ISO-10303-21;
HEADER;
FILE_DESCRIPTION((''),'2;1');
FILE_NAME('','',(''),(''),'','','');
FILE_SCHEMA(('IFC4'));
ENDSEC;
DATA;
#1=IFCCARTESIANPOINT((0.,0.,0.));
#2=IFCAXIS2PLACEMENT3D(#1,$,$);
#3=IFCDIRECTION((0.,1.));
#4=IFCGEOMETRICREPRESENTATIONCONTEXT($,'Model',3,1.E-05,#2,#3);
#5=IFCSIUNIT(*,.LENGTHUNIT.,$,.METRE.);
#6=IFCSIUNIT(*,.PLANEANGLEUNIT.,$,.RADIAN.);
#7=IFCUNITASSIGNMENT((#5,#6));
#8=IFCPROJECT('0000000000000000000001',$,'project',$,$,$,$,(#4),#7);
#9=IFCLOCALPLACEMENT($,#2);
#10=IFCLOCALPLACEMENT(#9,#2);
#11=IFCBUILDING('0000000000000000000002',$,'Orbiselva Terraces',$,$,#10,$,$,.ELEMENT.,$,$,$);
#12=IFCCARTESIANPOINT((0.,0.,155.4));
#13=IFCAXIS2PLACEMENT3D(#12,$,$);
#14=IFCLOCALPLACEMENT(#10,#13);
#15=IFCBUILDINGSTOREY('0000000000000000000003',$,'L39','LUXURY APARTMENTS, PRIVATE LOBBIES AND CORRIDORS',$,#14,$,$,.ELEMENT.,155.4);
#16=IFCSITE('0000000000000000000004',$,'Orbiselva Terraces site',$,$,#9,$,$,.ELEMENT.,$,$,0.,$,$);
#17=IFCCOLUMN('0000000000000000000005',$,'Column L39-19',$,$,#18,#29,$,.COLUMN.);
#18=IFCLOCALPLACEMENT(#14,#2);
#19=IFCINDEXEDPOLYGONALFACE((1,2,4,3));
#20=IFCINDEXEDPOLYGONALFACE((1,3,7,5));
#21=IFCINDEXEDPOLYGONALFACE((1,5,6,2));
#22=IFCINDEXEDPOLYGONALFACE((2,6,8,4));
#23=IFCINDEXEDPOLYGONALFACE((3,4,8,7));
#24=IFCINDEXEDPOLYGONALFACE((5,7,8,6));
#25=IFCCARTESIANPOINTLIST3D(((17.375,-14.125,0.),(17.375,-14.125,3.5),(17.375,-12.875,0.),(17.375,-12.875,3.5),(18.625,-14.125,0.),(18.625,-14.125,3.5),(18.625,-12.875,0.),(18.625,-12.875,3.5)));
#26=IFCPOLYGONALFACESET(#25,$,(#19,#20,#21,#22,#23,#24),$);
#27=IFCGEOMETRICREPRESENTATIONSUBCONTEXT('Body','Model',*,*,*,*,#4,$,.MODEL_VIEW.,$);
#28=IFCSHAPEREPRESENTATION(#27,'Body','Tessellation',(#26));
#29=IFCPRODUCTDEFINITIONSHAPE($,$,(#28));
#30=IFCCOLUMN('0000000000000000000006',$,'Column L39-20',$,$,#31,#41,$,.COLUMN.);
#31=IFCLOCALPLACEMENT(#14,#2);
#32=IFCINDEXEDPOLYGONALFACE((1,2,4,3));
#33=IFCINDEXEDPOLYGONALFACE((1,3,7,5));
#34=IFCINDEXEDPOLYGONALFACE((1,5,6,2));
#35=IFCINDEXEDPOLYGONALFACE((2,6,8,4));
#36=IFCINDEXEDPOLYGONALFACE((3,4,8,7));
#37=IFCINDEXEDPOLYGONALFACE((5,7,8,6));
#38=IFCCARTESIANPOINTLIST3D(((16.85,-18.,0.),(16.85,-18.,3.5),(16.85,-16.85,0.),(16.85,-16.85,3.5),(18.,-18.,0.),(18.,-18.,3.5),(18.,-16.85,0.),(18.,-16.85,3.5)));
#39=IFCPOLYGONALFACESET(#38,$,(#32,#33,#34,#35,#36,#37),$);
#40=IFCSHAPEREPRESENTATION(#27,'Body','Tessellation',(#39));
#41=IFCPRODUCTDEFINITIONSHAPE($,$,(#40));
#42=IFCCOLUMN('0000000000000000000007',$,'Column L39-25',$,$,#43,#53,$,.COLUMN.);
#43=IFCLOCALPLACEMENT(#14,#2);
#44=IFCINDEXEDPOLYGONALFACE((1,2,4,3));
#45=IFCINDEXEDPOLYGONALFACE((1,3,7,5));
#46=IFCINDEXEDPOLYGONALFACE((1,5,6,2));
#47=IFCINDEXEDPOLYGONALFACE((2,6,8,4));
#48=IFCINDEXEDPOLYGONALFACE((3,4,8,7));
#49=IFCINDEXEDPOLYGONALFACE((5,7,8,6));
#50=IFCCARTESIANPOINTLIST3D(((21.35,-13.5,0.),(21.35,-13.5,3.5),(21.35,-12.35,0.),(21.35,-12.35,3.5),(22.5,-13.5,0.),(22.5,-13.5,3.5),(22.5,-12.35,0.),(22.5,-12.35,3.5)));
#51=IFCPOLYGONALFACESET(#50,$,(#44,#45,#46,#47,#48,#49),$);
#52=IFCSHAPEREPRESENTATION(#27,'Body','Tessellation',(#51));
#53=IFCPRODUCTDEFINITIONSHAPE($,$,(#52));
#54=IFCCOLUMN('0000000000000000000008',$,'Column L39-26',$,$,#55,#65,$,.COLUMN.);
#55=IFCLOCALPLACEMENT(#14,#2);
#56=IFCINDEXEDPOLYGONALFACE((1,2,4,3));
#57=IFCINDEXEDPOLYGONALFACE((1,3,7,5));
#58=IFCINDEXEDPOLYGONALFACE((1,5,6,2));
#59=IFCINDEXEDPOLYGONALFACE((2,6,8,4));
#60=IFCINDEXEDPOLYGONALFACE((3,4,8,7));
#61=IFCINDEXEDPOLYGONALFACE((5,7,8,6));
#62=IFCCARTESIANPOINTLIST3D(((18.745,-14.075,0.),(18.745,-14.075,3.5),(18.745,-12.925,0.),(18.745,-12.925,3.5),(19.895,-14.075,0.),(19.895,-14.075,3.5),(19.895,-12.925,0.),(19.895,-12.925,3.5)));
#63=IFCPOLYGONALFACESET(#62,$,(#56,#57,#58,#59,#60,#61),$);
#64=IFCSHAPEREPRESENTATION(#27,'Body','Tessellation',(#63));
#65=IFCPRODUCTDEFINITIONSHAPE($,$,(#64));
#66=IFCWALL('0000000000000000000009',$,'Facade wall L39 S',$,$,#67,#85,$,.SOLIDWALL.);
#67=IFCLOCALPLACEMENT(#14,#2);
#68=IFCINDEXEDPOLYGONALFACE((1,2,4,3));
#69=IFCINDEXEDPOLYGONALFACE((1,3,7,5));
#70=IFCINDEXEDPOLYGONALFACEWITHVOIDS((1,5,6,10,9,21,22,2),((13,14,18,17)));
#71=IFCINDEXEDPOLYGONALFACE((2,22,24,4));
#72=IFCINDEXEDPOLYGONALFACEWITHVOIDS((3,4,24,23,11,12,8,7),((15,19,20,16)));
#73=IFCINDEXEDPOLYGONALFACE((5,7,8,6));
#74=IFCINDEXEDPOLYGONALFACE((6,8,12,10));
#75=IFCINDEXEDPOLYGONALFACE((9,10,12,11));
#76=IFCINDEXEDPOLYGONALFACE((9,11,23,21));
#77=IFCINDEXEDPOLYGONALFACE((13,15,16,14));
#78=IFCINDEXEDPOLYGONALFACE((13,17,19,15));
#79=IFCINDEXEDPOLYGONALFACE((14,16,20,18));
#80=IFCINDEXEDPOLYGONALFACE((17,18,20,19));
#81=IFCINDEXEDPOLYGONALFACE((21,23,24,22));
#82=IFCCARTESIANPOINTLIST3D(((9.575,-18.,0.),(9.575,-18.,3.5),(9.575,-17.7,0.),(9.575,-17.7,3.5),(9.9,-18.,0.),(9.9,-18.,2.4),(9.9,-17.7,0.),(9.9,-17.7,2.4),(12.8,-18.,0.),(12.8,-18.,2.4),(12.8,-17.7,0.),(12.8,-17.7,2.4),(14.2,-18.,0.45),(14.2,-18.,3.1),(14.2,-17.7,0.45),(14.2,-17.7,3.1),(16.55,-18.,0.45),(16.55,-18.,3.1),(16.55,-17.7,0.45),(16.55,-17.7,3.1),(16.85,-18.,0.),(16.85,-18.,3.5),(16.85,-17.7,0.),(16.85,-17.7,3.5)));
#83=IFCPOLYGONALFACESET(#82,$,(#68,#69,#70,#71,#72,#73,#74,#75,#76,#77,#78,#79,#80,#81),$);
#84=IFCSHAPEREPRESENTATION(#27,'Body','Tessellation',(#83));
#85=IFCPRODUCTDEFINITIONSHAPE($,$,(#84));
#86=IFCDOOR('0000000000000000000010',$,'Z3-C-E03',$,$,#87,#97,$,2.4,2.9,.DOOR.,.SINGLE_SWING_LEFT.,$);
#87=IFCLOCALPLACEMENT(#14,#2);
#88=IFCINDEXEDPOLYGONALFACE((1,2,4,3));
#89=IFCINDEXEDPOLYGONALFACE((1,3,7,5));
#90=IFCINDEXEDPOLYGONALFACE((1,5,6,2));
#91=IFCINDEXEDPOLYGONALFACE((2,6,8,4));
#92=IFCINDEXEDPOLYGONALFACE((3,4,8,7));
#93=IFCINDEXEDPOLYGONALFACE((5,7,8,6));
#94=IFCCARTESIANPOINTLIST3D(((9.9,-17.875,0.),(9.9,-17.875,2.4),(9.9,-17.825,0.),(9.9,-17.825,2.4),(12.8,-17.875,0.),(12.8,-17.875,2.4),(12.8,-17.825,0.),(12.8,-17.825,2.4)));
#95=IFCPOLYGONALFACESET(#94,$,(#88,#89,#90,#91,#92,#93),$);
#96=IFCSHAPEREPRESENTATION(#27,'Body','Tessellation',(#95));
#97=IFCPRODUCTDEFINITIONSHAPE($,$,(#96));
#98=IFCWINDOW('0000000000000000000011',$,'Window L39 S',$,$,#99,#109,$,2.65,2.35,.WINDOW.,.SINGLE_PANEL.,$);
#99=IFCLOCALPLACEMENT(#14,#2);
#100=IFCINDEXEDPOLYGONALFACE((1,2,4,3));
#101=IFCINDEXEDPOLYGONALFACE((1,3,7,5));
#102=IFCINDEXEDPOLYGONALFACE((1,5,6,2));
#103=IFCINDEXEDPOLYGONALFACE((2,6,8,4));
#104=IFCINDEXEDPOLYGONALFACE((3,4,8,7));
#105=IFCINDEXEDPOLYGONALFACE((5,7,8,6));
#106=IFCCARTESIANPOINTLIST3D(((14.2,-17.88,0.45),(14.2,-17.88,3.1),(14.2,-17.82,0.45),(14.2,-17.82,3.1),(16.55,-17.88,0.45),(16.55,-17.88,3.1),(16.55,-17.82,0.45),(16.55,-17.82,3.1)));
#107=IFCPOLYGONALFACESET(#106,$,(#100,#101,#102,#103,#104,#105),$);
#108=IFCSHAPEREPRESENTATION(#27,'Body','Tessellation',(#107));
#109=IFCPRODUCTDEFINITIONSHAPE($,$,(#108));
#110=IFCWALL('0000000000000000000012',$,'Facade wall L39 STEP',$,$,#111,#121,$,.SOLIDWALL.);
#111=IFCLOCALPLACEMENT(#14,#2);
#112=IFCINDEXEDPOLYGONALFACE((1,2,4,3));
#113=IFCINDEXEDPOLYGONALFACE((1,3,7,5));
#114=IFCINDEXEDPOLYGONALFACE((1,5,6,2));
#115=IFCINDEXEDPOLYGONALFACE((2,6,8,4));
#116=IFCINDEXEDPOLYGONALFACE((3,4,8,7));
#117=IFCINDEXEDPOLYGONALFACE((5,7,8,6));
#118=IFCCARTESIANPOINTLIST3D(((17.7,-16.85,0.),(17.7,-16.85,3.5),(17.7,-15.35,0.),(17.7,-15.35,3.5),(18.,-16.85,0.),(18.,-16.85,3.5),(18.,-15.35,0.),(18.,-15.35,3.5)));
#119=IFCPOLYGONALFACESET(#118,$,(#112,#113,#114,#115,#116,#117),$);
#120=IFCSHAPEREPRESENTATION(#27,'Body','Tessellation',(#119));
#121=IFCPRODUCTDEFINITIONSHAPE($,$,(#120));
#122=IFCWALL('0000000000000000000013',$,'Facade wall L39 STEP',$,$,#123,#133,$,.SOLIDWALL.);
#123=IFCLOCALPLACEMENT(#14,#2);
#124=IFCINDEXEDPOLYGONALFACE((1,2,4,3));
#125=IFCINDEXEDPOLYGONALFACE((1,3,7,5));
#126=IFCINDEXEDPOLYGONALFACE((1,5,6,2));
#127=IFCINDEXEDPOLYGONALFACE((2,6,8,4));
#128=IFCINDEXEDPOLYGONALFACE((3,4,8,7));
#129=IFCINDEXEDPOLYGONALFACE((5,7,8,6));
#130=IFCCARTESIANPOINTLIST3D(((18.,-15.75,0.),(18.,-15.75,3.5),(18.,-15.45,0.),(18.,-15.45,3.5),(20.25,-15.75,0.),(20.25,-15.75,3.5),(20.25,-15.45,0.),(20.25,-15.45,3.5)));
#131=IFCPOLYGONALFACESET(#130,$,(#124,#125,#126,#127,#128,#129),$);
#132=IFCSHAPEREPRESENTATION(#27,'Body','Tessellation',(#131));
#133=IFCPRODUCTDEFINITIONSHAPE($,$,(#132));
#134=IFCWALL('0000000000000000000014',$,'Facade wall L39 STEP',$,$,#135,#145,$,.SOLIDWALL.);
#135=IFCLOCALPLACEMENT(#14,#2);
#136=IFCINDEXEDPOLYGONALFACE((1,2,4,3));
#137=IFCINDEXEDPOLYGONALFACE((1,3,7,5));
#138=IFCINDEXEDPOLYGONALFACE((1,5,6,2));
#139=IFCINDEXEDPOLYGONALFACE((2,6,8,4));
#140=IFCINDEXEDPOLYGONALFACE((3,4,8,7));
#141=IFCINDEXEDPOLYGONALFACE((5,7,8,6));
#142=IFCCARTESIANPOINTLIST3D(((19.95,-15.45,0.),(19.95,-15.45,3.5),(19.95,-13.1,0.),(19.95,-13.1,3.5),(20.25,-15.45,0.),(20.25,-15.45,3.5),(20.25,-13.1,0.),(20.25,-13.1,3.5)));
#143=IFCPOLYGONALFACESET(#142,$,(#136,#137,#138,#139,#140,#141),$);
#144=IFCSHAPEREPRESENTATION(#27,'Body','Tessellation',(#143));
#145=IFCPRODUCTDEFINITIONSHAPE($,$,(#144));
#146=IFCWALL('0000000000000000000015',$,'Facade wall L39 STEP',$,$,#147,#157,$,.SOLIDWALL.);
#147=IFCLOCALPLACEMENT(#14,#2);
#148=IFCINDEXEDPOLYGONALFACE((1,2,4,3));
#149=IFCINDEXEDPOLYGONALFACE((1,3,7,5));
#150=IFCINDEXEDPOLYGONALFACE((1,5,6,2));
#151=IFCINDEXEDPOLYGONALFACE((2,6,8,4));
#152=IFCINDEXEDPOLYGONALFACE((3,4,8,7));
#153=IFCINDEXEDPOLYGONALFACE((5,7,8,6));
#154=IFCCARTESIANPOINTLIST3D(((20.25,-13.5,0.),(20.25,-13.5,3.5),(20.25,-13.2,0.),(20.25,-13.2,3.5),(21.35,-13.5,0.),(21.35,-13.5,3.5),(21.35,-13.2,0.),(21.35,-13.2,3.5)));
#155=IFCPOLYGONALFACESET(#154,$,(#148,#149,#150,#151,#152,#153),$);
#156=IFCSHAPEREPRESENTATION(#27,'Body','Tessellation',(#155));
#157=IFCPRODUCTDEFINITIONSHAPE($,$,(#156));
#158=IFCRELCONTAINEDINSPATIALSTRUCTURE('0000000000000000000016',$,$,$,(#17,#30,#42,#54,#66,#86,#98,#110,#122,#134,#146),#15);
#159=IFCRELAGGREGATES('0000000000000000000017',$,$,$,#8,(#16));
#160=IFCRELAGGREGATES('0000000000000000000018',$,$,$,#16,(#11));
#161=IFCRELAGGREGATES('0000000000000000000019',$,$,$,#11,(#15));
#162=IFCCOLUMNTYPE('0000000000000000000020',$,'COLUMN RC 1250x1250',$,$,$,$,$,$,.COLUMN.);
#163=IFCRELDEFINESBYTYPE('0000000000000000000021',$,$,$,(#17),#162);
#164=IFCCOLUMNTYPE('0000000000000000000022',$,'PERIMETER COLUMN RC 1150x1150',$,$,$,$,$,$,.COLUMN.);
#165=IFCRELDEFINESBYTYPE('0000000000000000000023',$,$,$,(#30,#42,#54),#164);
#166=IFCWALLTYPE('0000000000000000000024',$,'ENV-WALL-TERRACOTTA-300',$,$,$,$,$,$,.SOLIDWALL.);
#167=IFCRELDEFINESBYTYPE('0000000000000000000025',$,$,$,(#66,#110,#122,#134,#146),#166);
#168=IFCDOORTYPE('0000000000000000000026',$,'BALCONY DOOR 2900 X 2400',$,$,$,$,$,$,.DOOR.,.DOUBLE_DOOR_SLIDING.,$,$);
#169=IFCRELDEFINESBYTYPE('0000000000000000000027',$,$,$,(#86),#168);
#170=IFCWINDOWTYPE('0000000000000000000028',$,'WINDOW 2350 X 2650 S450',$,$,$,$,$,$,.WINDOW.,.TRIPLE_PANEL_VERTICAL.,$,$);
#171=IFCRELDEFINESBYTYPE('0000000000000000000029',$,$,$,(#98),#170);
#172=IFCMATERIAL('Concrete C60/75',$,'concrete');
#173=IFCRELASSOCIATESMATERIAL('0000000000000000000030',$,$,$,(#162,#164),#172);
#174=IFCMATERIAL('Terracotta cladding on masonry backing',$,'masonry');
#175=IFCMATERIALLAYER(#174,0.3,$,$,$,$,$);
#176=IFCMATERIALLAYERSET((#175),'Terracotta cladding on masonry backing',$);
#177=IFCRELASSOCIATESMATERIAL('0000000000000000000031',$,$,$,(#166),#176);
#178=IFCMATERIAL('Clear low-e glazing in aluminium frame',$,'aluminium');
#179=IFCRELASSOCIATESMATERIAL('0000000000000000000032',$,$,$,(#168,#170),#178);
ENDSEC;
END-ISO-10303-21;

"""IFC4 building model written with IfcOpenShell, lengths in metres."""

from ifc_helpers import new_model, si_unit, direction, frame, frame_2d, origin, origin_2d, place, context, subcontext, project, spatial, rectangle, extrude, material, layer, layer_set, material_profile, profile_set, type_object, element, fill, save


model = new_model("IFC4")

# Units and contexts
model_context = context("Model", 3, precision=1e-05, world=origin(), true_north=direction((0.0, 1.0)))
body_context = subcontext(model_context, "Body", "Model", "MODEL_VIEW")
ifc_project = project(units=[si_unit("LENGTHUNIT", "METRE"), si_unit("PLANEANGLEUNIT", "RADIAN")], contexts=[model_context])

# Site, building, storey
site_placement = place(None, origin())
site = spatial("IfcSite", under=ifc_project, at=site_placement, Name="Orbiselva Terraces site", CompositionType="ELEMENT", RefElevation=0.0)
building_placement = place(site_placement, origin())
building = spatial("IfcBuilding", under=site, at=building_placement, Name="Orbiselva Terraces", CompositionType="ELEMENT")
storey_placement = place(building_placement, frame((0.0, 0.0, 155.4)))
storey = spatial("IfcBuildingStorey", under=building, at=storey_placement, Name="L39", Description="LUXURY APARTMENTS, PRIVATE LOBBIES AND CORRIDORS", CompositionType="ELEMENT", Elevation=155.4)

# Columns
ifc_material_1 = material(Name="Concrete C60/75", Category="concrete")
ifc_material_profile_1 = material_profile(ifc_material_1, rectangle(XDim=1.25, YDim=1.25, at=origin_2d()), Name="RC 1250x1250")
ifc_profile_set_1 = profile_set([ifc_material_profile_1], Name="Concrete C60/75")
column_type_1 = type_object("IfcColumnType", Name="COLUMN RC 1250x1250", PredefinedType="COLUMN", material=ifc_profile_set_1)
column_placement = place(storey_placement, frame((18.0, -13.5, 0.0), z_axis=(0.0, 0.0, 1.0), x_axis=(1.0, 0.0, 0.0)))
element("IfcColumn", 1, at=column_placement, inside=storey, type_object=column_type_1, Name="Column L39-19", PredefinedType="COLUMN", context=body_context, shape_type="SweptSolid", body=[
    extrude(rectangle(XDim=1.25, YDim=1.25, at=origin_2d()), origin(), (0.0, 0.0, 1.0), 3.5),
])
ifc_material_profile_2 = material_profile(ifc_material_1, rectangle(XDim=1.15, YDim=1.15, at=origin_2d()), Name="RC 1150x1150")
ifc_profile_set_2 = profile_set([ifc_material_profile_2], Name="Concrete C60/75")
column_type_2 = type_object("IfcColumnType", Name="PERIMETER COLUMN RC 1150x1150", PredefinedType="COLUMN", material=ifc_profile_set_2)
for number, where, z_axis, x_axis, name in (
    (2, (17.425, -17.425, 0.0), (0.0, 0.0, 1.0), (1.0, 0.0, 0.0), "Column L39-20"),
    (3, (21.925, -12.925, 0.0), (0.0, 0.0, 1.0), (1.0, 0.0, 0.0), "Column L39-25"),
    (4, (19.32, -13.5, 0.0), (0.0, 0.0, 1.0), (1.0, 0.0, 0.0), "Column L39-26"),
):
    element("IfcColumn", number, at=place(storey_placement, frame(where, z_axis=z_axis, x_axis=x_axis)), inside=storey, type_object=column_type_2, Name=name, PredefinedType="COLUMN", context=body_context, shape_type="SweptSolid", body=[
        extrude(rectangle(XDim=1.15, YDim=1.15, at=origin_2d()), origin(), (0.0, 0.0, 1.0), 3.5),
    ])

# Wall, openings, door, window
ifc_material_2 = material(Name="Terracotta cladding on masonry backing", Category="masonry")
ifc_layer_1 = layer(ifc_material_2, 0.3)
ifc_layer_set_1 = layer_set([ifc_layer_1], Name="Terracotta cladding on masonry backing")
wall_type_1 = type_object("IfcWallType", Name="ENV-WALL-TERRACOTTA-300", PredefinedType="SOLIDWALL", material=ifc_layer_set_1)
wall_1_placement = place(storey_placement, frame((16.85, -17.85, 0.0), z_axis=(0.0, 0.0, 1.0), x_axis=(-1.0, 0.0, 0.0)))
wall_1 = element("IfcWall", 5, at=wall_1_placement, inside=storey, type_object=wall_type_1, Name="Facade wall L39 S", PredefinedType="SOLIDWALL", context=body_context, shape_type="SweptSolid", body=[
    extrude(rectangle(XDim=7.275, YDim=0.3, at=frame_2d((3.6375, 0.0))), origin(), (0.0, 0.0, 1.0), 3.5),
])
opening_1_placement = place(wall_1_placement, frame((4.05, 0.0, 0.0)))
opening_1 = element("IfcOpeningElement", 6, at=opening_1_placement, cuts=wall_1, PredefinedType="OPENING", context=body_context, shape_type="SweptSolid", body=[
    extrude(rectangle(XDim=2.9, YDim=2.4, at=frame_2d((1.45, 1.2))), frame((0.0, 0.16, 0.0), z_axis=(0.0, -1.0, 0.0), x_axis=(1.0, 0.0, 0.0)), (0.0, 0.0, 1.0), 0.32),
])
opening_2_placement = place(wall_1_placement, frame((0.3, 0.0, 0.45)))
opening_2 = element("IfcOpeningElement", 7, at=opening_2_placement, cuts=wall_1, PredefinedType="OPENING", context=body_context, shape_type="SweptSolid", body=[
    extrude(rectangle(XDim=2.35, YDim=2.65, at=frame_2d((1.175, 1.325))), frame((0.0, 0.16, 0.0), z_axis=(0.0, -1.0, 0.0), x_axis=(1.0, 0.0, 0.0)), (0.0, 0.0, 1.0), 0.32),
])
ifc_material_3 = material(Name="Clear low-e glazing in aluminium frame", Category="aluminium")
door_type_1 = type_object("IfcDoorType", Name="BALCONY DOOR 2900 X 2400", OperationType="DOUBLE_DOOR_SLIDING", PredefinedType="DOOR", material=ifc_material_3)
door_1_placement = place(opening_1_placement, origin())
door_1 = element("IfcDoor", 8, at=door_1_placement, inside=storey, type_object=door_type_1, Name="Z3-C-E03", OperationType="SINGLE_SWING_LEFT", OverallHeight=2.4, OverallWidth=2.9, PredefinedType="DOOR", context=body_context, shape_type="SweptSolid", body=[
    extrude(rectangle(XDim=2.9, YDim=2.4, at=frame_2d((1.45, 1.2))), frame((0.0, 0.025, 0.0), z_axis=(0.0, -1.0, 0.0), x_axis=(1.0, 0.0, 0.0)), (0.0, 0.0, 1.0), 0.05),
])
fill(opening_1, door_1)
window_type = type_object("IfcWindowType", Name="WINDOW 2350 X 2650 S450", PartitioningType="TRIPLE_PANEL_VERTICAL", PredefinedType="WINDOW", material=ifc_material_3)
window_placement = place(opening_2_placement, origin())
window = element("IfcWindow", 9, at=window_placement, inside=storey, type_object=window_type, Name="Window L39 S", OverallHeight=2.65, OverallWidth=2.35, PartitioningType="SINGLE_PANEL", PredefinedType="WINDOW", context=body_context, shape_type="SweptSolid", body=[
    extrude(rectangle(XDim=2.35, YDim=2.65, at=frame_2d((1.175, 1.325))), frame((0.0, 0.03, 0.0), z_axis=(0.0, -1.0, 0.0), x_axis=(1.0, 0.0, 0.0)), (0.0, 0.0, 1.0), 0.06),
])
fill(opening_2, window)

# Walls
wall_2_placement = place(storey_placement, frame((17.85, -15.35, 0.0), z_axis=(0.0, 0.0, 1.0), x_axis=(0.0, -1.0, 0.0)))
element("IfcWall", 10, at=wall_2_placement, inside=storey, type_object=wall_type_1, Name="Facade wall L39 STEP", PredefinedType="SOLIDWALL", context=body_context, shape_type="SweptSolid", body=[
    extrude(rectangle(XDim=1.5, YDim=0.3, at=frame_2d((0.75, 0.0))), origin(), (0.0, 0.0, 1.0), 3.5),
])
wall_3_placement = place(storey_placement, frame((20.25, -15.6, 0.0), z_axis=(0.0, 0.0, 1.0), x_axis=(-1.0, 0.0, 0.0)))
element("IfcWall", 11, at=wall_3_placement, inside=storey, type_object=wall_type_1, Name="Facade wall L39 STEP", PredefinedType="SOLIDWALL", context=body_context, shape_type="SweptSolid", body=[
    extrude(rectangle(XDim=2.25, YDim=0.3, at=frame_2d((1.125, 0.0))), origin(), (0.0, 0.0, 1.0), 3.5),
])
wall_4_placement = place(storey_placement, frame((20.1, -13.1, 0.0), z_axis=(0.0, 0.0, 1.0), x_axis=(0.0, -1.0, 0.0)))
element("IfcWall", 12, at=wall_4_placement, inside=storey, type_object=wall_type_1, Name="Facade wall L39 STEP", PredefinedType="SOLIDWALL", context=body_context, shape_type="SweptSolid", body=[
    extrude(rectangle(XDim=2.35, YDim=0.3, at=frame_2d((1.175, 0.0))), origin(), (0.0, 0.0, 1.0), 3.5),
])
wall_5_placement = place(storey_placement, frame((21.35, -13.35, 0.0), z_axis=(0.0, 0.0, 1.0), x_axis=(-1.0, 0.0, 0.0)))
element("IfcWall", 13, at=wall_5_placement, inside=storey, type_object=wall_type_1, Name="Facade wall L39 STEP", PredefinedType="SOLIDWALL", context=body_context, shape_type="SweptSolid", body=[
    extrude(rectangle(XDim=1.1, YDim=0.3, at=frame_2d((0.55, 0.0))), origin(), (0.0, 0.0, 1.0), 3.5),
])

save(model, "model.ifc")
